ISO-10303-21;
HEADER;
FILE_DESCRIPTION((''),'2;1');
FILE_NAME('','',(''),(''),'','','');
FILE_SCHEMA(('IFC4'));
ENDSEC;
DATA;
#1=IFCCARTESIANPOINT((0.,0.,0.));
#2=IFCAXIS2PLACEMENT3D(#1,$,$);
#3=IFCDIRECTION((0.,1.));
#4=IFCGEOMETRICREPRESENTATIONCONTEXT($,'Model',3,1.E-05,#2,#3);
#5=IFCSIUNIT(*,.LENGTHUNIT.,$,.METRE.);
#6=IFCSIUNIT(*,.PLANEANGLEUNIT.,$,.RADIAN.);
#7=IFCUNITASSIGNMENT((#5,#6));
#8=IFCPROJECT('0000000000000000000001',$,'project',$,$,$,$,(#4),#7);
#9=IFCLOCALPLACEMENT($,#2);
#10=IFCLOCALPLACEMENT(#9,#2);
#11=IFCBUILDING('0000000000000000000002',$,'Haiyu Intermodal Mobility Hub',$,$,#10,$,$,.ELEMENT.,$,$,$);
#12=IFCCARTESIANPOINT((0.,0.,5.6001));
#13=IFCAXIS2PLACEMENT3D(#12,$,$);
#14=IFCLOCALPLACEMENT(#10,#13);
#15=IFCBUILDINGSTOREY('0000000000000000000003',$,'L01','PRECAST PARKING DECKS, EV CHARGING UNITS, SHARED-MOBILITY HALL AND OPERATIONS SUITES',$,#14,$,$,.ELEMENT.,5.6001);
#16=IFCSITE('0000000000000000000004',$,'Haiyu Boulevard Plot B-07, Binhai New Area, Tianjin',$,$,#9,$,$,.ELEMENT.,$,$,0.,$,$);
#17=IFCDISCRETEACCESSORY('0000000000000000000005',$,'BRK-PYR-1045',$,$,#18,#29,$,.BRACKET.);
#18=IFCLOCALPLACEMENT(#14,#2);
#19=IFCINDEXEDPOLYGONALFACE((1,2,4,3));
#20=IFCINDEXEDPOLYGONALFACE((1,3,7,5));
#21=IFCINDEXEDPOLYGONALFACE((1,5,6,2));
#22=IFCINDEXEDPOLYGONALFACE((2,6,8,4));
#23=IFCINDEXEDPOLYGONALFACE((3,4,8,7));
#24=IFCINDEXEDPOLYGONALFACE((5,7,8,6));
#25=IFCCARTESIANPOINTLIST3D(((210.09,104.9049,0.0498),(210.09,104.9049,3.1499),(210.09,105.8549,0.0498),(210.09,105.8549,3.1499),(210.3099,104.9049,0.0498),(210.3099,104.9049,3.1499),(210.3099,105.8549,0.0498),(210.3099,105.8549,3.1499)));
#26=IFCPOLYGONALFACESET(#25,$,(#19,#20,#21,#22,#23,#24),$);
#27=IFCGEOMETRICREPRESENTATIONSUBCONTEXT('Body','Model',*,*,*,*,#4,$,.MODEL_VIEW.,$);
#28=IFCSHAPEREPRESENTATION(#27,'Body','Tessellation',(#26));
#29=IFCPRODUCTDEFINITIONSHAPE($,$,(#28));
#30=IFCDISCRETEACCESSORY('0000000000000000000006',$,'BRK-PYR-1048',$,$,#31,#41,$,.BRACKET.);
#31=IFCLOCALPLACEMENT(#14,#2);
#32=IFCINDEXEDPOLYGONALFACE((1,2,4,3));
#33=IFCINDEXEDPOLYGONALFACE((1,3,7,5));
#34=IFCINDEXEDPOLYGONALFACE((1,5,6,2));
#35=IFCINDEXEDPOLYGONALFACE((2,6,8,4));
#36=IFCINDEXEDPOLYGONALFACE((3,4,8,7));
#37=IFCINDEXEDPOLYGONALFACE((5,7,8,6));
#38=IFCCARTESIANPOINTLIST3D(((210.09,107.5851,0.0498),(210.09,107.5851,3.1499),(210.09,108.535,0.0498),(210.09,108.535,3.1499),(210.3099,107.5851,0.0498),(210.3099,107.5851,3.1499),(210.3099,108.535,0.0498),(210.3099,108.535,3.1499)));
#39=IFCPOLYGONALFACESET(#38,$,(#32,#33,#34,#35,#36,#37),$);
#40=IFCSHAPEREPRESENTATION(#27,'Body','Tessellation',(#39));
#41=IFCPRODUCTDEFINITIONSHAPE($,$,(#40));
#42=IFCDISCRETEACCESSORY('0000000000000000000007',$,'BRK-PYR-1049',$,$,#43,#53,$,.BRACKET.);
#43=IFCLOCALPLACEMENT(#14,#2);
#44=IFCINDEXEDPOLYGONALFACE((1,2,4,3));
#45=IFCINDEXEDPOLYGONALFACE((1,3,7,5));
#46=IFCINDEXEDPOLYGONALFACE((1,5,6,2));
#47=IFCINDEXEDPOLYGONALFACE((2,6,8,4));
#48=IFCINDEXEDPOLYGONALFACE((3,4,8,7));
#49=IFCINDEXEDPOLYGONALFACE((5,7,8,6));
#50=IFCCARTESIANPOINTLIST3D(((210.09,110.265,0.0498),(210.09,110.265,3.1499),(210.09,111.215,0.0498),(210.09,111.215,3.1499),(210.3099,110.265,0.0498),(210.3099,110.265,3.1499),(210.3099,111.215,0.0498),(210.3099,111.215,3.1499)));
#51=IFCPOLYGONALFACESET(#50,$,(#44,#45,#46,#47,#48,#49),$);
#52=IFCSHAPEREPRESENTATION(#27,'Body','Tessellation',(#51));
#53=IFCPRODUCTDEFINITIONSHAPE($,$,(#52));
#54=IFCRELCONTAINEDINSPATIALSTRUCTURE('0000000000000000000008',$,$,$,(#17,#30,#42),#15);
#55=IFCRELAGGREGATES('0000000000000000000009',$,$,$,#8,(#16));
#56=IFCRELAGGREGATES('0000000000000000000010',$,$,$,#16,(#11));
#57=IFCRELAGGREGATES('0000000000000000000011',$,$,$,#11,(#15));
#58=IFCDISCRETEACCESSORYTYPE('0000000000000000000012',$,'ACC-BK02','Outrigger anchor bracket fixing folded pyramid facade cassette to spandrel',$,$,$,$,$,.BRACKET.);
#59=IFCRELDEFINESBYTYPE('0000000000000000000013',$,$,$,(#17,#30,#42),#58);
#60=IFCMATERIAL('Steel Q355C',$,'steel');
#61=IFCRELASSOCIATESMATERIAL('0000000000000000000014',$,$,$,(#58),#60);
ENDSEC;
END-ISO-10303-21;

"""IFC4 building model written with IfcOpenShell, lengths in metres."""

from ifc_helpers import new_model, si_unit, direction, frame, origin, origin_2d, place, context, subcontext, project, spatial, rectangle, extrude, material, type_object, element, save


model = new_model("IFC4")

# Units and contexts
model_context = context("Model", 3, precision=1e-05, world=origin(), true_north=direction((0.0, 1.0)))
body_context = subcontext(model_context, "Body", "Model", "MODEL_VIEW")
ifc_project = project(units=[si_unit("LENGTHUNIT", "METRE"), si_unit("PLANEANGLEUNIT", "RADIAN")], contexts=[model_context])

# Site, building, storey
site_placement = place(None, origin())
site = spatial("IfcSite", under=ifc_project, at=site_placement, Name="Haiyu Boulevard Plot B-07, Binhai New Area, Tianjin", CompositionType="ELEMENT", RefElevation=0.0)
building_placement = place(site_placement, origin())
building = spatial("IfcBuilding", under=site, at=building_placement, Name="Haiyu Intermodal Mobility Hub", CompositionType="ELEMENT")
storey_placement = place(building_placement, frame((0.0, 0.0, 5.6001)))
storey = spatial("IfcBuildingStorey", under=building, at=storey_placement, Name="L01", Description="PRECAST PARKING DECKS, EV CHARGING UNITS, SHARED-MOBILITY HALL AND OPERATIONS SUITES", CompositionType="ELEMENT", Elevation=5.6001)

# Discrete accessories
ifc_material_1 = material(Name="Steel Q355C", Category="steel")
discrete_accessory_type = type_object("IfcDiscreteAccessoryType", Name="ACC-BK02", Description="Outrigger anchor bracket fixing folded pyramid facade cassette to spandrel", PredefinedType="BRACKET", material=ifc_material_1)
for number, where, z_axis, x_axis, name in (
    (1, (210.2, 105.3799, 0.0498), (0.0, 0.0, 1.0), (1.0, 0.0, 0.0), "BRK-PYR-1045"),
    (2, (210.2, 108.0601, 0.0498), (0.0, 0.0, 1.0), (1.0, 0.0, 0.0), "BRK-PYR-1048"),
    (3, (210.2, 110.74, 0.0498), (0.0, 0.0, 1.0), (1.0, 0.0, 0.0), "BRK-PYR-1049"),
):
    element("IfcDiscreteAccessory", number, at=place(storey_placement, frame(where, z_axis=z_axis, x_axis=x_axis)), inside=storey, type_object=discrete_accessory_type, Name=name, PredefinedType="BRACKET", context=body_context, shape_type="SweptSolid", body=[
        extrude(rectangle(XDim=0.22, YDim=0.95, at=origin_2d()), origin(), (0.0, 0.0, 1.0), 3.1001),
    ])

save(model, "model.ifc")
